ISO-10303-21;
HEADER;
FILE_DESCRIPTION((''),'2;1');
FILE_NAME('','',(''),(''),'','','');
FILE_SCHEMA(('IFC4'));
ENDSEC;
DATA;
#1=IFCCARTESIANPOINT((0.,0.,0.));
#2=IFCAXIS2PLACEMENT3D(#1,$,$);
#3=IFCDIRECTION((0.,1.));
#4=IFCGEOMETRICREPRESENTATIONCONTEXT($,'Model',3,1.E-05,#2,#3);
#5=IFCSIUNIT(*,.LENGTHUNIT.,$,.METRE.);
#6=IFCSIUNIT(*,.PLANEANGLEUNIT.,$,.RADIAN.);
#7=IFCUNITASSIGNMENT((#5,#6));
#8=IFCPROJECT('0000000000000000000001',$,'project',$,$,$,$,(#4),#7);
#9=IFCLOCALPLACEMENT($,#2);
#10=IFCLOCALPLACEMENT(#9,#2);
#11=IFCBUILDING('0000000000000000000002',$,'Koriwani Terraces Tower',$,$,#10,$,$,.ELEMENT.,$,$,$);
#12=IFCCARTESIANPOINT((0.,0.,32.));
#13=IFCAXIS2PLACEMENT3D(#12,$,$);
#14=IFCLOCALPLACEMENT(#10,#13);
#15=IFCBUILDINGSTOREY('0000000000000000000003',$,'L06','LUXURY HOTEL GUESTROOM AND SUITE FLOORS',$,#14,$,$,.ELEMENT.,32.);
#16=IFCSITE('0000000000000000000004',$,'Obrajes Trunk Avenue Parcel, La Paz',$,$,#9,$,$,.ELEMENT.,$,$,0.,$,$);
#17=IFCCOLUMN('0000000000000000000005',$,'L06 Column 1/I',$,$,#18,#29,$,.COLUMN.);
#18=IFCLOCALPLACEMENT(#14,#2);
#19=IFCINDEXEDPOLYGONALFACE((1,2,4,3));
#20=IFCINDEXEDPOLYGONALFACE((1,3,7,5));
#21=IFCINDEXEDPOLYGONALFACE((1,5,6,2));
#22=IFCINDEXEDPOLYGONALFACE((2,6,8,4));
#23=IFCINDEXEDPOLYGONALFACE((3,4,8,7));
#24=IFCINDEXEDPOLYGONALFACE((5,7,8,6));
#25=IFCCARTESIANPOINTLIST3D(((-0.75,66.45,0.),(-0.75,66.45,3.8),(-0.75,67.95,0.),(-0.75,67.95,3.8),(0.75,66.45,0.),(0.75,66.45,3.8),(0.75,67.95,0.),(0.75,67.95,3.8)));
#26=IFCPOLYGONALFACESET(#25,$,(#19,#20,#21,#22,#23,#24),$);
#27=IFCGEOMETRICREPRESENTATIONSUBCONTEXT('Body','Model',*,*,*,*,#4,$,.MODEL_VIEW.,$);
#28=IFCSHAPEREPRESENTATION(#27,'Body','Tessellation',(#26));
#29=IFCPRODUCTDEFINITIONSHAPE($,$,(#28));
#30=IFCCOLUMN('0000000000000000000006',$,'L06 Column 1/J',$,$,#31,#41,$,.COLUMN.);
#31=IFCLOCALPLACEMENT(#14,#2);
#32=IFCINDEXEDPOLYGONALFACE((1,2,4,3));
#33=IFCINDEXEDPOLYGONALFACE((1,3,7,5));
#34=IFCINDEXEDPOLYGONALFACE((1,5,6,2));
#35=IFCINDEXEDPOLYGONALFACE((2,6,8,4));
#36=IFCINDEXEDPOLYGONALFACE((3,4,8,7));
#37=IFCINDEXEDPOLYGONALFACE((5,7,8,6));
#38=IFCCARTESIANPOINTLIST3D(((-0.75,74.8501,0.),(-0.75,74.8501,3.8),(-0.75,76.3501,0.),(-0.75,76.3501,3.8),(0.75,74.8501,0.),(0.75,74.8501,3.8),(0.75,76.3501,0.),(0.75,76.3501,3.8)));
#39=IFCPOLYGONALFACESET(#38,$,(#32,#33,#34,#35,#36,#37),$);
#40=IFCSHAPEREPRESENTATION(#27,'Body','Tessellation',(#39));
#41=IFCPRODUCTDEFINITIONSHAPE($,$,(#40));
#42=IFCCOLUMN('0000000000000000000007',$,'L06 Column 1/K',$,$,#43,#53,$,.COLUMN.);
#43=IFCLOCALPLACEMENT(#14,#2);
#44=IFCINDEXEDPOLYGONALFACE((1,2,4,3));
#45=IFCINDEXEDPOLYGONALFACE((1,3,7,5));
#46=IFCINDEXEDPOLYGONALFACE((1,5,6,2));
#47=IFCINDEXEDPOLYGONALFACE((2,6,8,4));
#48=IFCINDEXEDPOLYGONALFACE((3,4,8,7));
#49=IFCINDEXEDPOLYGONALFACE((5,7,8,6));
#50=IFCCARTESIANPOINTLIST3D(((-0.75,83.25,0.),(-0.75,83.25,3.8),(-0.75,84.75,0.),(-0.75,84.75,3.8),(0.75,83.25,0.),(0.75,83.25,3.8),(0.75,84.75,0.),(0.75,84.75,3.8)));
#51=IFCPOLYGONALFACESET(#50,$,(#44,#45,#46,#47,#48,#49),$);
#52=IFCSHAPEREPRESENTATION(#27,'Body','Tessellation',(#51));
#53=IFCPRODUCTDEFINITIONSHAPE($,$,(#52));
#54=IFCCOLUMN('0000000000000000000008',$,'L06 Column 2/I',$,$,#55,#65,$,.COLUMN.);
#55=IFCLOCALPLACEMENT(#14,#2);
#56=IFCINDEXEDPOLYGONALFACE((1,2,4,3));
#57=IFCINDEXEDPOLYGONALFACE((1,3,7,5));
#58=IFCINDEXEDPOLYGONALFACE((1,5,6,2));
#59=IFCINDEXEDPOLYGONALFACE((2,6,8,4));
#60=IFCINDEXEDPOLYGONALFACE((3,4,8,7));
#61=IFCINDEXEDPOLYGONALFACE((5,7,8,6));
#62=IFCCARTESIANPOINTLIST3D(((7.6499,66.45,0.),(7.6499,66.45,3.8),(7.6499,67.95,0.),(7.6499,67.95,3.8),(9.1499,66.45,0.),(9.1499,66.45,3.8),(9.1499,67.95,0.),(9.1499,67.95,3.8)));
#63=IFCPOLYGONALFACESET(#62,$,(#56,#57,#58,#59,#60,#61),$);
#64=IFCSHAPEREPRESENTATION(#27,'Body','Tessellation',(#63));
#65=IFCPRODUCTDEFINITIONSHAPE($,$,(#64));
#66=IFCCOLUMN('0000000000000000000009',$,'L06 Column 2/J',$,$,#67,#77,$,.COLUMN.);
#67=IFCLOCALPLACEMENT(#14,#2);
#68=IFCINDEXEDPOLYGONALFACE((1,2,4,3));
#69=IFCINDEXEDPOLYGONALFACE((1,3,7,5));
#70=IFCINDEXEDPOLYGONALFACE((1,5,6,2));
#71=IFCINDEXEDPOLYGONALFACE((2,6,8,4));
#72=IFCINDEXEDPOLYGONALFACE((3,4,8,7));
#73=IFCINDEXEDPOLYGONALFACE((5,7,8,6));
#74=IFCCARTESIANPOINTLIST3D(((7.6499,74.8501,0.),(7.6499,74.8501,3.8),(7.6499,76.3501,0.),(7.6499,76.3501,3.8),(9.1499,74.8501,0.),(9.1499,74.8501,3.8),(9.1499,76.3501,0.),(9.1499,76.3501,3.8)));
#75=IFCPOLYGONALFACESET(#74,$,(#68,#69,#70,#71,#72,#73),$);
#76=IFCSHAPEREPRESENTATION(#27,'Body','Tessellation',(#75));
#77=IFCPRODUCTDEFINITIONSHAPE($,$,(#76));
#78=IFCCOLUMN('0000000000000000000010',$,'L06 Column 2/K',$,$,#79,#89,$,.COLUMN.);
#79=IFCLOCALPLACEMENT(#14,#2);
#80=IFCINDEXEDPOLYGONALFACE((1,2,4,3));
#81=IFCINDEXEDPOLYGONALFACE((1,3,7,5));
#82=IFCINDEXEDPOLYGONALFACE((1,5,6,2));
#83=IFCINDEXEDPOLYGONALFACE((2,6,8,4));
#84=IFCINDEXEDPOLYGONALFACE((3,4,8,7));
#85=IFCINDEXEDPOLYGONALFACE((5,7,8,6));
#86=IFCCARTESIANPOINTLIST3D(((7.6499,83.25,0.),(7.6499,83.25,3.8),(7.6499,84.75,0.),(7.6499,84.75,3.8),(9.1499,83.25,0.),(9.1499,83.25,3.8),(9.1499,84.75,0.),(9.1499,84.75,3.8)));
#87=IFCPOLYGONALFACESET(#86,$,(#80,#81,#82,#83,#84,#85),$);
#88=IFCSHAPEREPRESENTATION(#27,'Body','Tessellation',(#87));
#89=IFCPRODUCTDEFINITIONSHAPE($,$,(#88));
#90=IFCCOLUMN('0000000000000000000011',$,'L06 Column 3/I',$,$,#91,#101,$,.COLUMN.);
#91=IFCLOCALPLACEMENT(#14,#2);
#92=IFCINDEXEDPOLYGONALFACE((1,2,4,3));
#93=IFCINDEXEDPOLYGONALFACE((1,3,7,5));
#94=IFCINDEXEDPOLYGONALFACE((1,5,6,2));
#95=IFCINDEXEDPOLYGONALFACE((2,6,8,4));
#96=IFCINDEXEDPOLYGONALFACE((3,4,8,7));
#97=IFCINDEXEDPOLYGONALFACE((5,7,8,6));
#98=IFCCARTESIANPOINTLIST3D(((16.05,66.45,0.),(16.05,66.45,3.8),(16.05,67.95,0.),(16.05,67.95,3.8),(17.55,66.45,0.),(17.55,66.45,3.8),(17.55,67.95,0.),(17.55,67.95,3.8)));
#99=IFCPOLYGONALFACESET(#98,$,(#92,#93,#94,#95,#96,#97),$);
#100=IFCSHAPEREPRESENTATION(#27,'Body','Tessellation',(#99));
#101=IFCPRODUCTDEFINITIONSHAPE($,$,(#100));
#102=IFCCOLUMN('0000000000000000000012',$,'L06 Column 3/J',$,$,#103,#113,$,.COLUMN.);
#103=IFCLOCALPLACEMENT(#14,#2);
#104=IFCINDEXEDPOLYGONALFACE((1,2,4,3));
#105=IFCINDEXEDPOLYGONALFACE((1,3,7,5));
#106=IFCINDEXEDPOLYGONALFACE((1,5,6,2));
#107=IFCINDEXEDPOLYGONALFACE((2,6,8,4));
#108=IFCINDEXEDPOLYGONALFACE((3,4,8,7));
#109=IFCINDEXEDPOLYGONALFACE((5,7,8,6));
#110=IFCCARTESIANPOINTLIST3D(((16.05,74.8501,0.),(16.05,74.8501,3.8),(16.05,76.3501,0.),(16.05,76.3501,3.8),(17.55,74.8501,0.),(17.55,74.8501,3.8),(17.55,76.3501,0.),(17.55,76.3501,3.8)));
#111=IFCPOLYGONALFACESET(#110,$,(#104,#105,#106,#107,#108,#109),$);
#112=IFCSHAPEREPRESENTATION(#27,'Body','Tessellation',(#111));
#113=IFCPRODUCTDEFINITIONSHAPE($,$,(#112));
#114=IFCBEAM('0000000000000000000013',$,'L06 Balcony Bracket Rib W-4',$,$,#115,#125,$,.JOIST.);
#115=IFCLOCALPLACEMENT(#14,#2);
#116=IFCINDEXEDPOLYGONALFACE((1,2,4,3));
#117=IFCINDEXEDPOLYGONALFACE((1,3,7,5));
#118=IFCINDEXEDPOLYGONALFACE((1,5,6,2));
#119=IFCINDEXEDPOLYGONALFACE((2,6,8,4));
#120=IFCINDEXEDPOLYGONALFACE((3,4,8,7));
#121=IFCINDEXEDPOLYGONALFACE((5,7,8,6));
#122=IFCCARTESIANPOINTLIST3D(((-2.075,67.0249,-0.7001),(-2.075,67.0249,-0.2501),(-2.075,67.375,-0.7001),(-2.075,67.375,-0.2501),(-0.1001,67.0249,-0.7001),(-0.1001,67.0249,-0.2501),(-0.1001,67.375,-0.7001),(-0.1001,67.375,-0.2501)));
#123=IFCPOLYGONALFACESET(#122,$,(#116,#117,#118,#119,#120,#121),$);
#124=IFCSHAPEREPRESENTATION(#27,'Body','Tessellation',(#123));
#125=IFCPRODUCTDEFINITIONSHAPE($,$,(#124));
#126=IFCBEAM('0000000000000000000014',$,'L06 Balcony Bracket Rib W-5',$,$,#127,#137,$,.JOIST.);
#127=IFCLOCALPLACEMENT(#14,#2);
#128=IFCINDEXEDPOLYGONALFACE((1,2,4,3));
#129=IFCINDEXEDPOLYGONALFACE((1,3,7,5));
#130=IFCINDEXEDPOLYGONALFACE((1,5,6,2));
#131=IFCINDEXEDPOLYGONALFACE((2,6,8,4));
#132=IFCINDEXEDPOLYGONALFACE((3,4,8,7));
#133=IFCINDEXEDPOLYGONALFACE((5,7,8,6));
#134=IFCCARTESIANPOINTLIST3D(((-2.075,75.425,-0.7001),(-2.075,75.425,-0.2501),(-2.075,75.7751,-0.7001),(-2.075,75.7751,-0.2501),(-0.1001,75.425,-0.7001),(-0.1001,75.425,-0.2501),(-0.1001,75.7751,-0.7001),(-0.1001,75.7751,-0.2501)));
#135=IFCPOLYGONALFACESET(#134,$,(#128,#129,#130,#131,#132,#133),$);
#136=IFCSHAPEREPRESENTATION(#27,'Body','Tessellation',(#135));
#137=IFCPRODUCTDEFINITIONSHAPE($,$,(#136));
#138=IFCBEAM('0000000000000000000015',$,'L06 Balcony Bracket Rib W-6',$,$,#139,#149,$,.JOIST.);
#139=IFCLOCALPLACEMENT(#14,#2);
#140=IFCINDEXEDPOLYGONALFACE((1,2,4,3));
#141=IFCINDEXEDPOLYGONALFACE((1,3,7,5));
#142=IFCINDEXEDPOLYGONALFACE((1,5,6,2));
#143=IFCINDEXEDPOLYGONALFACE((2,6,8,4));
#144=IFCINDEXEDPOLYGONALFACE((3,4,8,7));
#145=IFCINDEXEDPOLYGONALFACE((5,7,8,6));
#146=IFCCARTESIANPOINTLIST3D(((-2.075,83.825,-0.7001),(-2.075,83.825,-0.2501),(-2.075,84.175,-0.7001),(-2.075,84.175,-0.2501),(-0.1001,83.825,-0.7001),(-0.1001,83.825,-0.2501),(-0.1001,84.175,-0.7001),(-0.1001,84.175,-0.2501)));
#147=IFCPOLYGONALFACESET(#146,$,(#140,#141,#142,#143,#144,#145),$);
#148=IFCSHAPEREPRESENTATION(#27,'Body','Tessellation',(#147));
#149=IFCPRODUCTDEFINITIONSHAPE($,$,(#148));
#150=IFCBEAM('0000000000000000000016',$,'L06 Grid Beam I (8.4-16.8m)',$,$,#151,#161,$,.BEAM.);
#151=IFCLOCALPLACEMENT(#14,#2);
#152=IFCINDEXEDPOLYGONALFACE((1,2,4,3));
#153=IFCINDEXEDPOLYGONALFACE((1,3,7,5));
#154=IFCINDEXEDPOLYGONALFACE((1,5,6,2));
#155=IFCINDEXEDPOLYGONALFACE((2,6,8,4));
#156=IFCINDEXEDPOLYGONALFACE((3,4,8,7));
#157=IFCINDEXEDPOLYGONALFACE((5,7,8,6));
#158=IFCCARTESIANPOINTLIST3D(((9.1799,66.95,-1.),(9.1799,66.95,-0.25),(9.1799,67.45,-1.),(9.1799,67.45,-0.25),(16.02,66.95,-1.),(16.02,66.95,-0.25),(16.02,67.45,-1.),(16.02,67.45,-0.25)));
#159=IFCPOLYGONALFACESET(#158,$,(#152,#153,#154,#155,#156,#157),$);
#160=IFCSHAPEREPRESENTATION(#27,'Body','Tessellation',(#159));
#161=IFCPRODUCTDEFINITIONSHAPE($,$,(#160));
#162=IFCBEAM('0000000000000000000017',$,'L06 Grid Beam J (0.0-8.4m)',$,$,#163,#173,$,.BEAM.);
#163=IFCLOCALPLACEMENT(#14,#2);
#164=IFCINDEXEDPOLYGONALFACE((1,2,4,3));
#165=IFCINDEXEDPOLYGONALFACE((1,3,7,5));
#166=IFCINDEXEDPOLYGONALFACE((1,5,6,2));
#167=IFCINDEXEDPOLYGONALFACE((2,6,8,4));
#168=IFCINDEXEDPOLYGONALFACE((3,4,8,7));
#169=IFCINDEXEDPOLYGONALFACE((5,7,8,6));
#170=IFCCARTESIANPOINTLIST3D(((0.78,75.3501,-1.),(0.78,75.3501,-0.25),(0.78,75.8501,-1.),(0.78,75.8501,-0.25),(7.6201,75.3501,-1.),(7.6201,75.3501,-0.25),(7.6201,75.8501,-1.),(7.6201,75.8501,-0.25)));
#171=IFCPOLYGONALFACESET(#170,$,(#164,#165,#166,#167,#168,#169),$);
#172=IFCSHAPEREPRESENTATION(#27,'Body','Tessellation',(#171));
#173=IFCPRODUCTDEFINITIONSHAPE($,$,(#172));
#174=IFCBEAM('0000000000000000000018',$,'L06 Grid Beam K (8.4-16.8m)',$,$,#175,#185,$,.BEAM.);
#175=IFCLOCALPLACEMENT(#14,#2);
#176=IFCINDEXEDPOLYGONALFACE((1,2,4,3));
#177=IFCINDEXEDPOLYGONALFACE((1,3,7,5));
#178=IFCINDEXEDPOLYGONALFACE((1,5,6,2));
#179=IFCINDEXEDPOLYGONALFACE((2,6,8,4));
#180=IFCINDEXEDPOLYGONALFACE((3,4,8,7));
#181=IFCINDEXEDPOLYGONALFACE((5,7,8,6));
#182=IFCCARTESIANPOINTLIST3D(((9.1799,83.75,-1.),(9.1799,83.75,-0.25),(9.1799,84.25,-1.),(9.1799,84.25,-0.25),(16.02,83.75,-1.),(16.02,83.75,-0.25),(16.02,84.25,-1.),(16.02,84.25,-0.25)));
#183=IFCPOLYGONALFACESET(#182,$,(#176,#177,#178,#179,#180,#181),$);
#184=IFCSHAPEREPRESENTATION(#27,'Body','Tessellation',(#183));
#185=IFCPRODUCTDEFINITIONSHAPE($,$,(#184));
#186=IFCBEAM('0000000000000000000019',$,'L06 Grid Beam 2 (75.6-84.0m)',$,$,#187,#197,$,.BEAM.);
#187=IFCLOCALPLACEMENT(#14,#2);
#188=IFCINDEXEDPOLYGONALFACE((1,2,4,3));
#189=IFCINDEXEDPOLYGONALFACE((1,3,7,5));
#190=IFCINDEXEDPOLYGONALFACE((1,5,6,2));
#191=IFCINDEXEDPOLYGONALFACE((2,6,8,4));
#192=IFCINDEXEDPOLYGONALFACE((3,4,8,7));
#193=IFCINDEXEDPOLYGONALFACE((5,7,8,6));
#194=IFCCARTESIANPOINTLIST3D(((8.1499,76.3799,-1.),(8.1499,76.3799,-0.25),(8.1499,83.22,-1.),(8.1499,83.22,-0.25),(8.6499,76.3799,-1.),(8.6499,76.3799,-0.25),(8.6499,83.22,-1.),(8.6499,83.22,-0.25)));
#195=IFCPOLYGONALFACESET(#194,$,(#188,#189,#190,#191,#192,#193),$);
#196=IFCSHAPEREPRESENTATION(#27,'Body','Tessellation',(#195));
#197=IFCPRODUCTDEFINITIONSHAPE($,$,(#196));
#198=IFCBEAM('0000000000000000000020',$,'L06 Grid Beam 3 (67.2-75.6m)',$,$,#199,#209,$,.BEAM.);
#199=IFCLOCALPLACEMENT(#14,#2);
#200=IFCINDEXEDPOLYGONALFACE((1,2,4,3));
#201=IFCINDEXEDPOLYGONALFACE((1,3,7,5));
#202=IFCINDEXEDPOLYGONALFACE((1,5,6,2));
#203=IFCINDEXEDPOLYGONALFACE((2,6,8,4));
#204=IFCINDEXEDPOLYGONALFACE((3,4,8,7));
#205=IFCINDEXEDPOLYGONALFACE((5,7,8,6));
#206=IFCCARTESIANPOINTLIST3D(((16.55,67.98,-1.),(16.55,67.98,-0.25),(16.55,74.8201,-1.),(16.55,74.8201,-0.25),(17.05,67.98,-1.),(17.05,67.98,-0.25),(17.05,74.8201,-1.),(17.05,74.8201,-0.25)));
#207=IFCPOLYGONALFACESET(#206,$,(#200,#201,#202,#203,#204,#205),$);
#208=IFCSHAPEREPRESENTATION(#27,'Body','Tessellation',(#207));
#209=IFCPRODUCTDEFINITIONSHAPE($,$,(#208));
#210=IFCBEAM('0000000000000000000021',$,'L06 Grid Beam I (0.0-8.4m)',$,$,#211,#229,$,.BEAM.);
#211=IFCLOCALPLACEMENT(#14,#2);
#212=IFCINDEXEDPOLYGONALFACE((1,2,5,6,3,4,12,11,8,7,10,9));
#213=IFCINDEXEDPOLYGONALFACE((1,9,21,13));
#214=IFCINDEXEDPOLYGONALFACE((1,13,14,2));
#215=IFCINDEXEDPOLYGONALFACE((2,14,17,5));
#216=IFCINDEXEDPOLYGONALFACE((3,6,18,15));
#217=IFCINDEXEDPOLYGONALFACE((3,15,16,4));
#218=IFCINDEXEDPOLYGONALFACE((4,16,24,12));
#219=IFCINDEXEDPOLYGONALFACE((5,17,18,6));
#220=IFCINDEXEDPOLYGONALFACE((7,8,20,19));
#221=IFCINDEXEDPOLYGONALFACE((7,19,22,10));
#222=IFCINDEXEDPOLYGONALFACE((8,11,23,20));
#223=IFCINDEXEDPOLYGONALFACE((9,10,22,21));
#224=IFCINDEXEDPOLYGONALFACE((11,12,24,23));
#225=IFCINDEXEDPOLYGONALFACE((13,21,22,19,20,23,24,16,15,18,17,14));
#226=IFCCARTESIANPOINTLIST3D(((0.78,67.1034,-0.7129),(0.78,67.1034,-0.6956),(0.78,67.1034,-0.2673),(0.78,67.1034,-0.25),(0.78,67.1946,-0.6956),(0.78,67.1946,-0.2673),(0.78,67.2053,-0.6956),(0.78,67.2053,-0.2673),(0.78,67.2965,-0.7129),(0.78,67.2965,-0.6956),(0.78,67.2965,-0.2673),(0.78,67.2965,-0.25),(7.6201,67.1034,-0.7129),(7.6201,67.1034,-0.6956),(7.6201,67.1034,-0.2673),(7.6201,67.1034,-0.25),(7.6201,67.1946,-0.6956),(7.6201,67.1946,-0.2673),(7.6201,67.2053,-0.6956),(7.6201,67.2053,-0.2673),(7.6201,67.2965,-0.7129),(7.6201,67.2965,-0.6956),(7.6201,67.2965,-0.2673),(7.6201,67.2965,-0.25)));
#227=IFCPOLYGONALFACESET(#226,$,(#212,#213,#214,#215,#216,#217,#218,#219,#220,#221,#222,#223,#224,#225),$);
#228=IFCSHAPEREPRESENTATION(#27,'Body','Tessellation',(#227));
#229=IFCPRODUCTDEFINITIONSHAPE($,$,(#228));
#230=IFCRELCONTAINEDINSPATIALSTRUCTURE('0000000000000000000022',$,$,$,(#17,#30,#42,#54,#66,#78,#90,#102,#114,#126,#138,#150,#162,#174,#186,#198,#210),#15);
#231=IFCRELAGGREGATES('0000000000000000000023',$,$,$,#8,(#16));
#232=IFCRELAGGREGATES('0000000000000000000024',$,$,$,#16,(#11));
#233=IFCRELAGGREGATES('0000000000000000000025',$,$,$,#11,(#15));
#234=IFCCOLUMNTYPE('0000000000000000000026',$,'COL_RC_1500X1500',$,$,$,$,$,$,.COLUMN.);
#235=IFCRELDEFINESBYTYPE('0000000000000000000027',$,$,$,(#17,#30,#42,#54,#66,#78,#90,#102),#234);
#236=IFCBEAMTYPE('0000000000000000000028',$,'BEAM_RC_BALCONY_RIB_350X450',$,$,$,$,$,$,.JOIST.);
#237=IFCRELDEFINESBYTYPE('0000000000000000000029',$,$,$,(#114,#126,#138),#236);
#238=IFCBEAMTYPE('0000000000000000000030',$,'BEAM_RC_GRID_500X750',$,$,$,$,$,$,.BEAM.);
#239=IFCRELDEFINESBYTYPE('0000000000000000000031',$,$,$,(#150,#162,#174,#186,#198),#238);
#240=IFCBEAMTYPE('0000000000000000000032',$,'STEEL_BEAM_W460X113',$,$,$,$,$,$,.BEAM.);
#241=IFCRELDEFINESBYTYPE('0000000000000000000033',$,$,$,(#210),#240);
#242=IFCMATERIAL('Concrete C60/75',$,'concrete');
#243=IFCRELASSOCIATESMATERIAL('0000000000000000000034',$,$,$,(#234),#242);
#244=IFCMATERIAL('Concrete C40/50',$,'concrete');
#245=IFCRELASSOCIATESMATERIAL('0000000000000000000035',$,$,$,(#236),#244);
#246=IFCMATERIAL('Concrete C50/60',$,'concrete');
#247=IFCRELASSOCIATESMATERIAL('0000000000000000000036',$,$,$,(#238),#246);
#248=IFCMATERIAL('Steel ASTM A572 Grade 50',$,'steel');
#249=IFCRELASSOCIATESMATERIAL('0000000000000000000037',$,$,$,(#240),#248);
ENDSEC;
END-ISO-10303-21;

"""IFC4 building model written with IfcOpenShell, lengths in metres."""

from ifc_helpers import new_model, si_unit, direction, frame, origin, origin_2d, place, context, subcontext, project, spatial, rectangle, i_section, extrude, material, material_profile, profile_set, type_object, element, save


model = new_model("IFC4")

# Units and contexts
model_context = context("Model", 3, precision=1e-05, world=origin(), true_north=direction((0.0, 1.0)))
body_context = subcontext(model_context, "Body", "Model", "MODEL_VIEW")
ifc_project = project(units=[si_unit("LENGTHUNIT", "METRE"), si_unit("PLANEANGLEUNIT", "RADIAN")], contexts=[model_context])

# Site, building, storey
site_placement = place(None, origin())
site = spatial("IfcSite", under=ifc_project, at=site_placement, Name="Obrajes Trunk Avenue Parcel, La Paz", CompositionType="ELEMENT", RefElevation=0.0)
building_placement = place(site_placement, origin())
building = spatial("IfcBuilding", under=site, at=building_placement, Name="Koriwani Terraces Tower", CompositionType="ELEMENT")
storey_placement = place(building_placement, frame((0.0, 0.0, 32.0)))
storey = spatial("IfcBuildingStorey", under=building, at=storey_placement, Name="L06", Description="LUXURY HOTEL GUESTROOM AND SUITE FLOORS", CompositionType="ELEMENT", Elevation=32.0)

# Columns
ifc_material_1 = material(Name="Concrete C60/75", Category="concrete")
ifc_material_profile_1 = material_profile(ifc_material_1, rectangle(XDim=1.5, YDim=1.5, at=origin_2d()), Name="Concrete C60/75", Category="LoadBearing")
ifc_profile_set_1 = profile_set([ifc_material_profile_1], Name="Concrete C60/75")
column_type = type_object("IfcColumnType", Name="COL_RC_1500X1500", PredefinedType="COLUMN", material=ifc_profile_set_1)
for number, where, z_axis, x_axis, name in (
    (1, (0.0, 67.2, 0.0), (0.0, 0.0, 1.0), (1.0, 0.0, 0.0), "L06 Column 1/I"),
    (2, (0.0, 75.6001, 0.0), (0.0, 0.0, 1.0), (1.0, 0.0, 0.0), "L06 Column 1/J"),
    (3, (0.0, 84.0, 0.0), (0.0, 0.0, 1.0), (1.0, 0.0, 0.0), "L06 Column 1/K"),
    (4, (8.3999, 67.2, 0.0), (0.0, 0.0, 1.0), (1.0, 0.0, 0.0), "L06 Column 2/I"),
    (5, (8.3999, 75.6001, 0.0), (0.0, 0.0, 1.0), (1.0, 0.0, 0.0), "L06 Column 2/J"),
    (6, (8.3999, 84.0, 0.0), (0.0, 0.0, 1.0), (1.0, 0.0, 0.0), "L06 Column 2/K"),
    (7, (16.8, 67.2, 0.0), (0.0, 0.0, 1.0), (1.0, 0.0, 0.0), "L06 Column 3/I"),
    (8, (16.8, 75.6001, 0.0), (0.0, 0.0, 1.0), (1.0, 0.0, 0.0), "L06 Column 3/J"),
):
    element("IfcColumn", number, at=place(storey_placement, frame(where, z_axis=z_axis, x_axis=x_axis)), inside=storey, type_object=column_type, Name=name, PredefinedType="COLUMN", context=body_context, shape_type="SweptSolid", body=[
        extrude(rectangle(XDim=1.5, YDim=1.5, at=origin_2d()), origin(), (0.0, 0.0, 1.0), 3.8),
    ])

# Beams
ifc_material_2 = material(Name="Concrete C40/50", Category="concrete")
ifc_material_profile_2 = material_profile(ifc_material_2, rectangle(XDim=0.3501, YDim=0.45, at=origin_2d()), Name="Concrete C40/50", Category="LoadBearing")
ifc_profile_set_2 = profile_set([ifc_material_profile_2], Name="Concrete C40/50")
beam_type_1 = type_object("IfcBeamType", Name="BEAM_RC_BALCONY_RIB_350X450", PredefinedType="JOIST", material=ifc_profile_set_2)
for number, where, z_axis, x_axis, name in (
    (9, (-2.075, 67.2, -0.4751), (1.0, 0.0, 0.0), (0.0, 1.0, 0.0), "L06 Balcony Bracket Rib W-4"),
    (10, (-2.075, 75.6001, -0.4751), (1.0, 0.0, 0.0), (0.0, 1.0, 0.0), "L06 Balcony Bracket Rib W-5"),
    (11, (-2.075, 84.0, -0.4751), (1.0, 0.0, 0.0), (0.0, 1.0, 0.0), "L06 Balcony Bracket Rib W-6"),
):
    element("IfcBeam", number, at=place(storey_placement, frame(where, z_axis=z_axis, x_axis=x_axis)), inside=storey, type_object=beam_type_1, Name=name, PredefinedType="JOIST", context=body_context, shape_type="SweptSolid", body=[
        extrude(rectangle(XDim=0.3501, YDim=0.45, at=origin_2d()), origin(), (0.0, 0.0, 1.0), 1.9749),
    ])
ifc_material_3 = material(Name="Concrete C50/60", Category="concrete")
ifc_material_profile_3 = material_profile(ifc_material_3, rectangle(XDim=0.5, YDim=0.75, at=origin_2d()), Name="Concrete C50/60", Category="LoadBearing")
ifc_profile_set_3 = profile_set([ifc_material_profile_3], Name="Concrete C50/60")
beam_type_2 = type_object("IfcBeamType", Name="BEAM_RC_GRID_500X750", PredefinedType="BEAM", material=ifc_profile_set_3)
for number, where, z_axis, x_axis, name in (
    (12, (9.1799, 67.2, -0.625), (1.0, 0.0, 0.0), (0.0, 1.0, 0.0), "L06 Grid Beam I (8.4-16.8m)"),
    (13, (0.78, 75.6001, -0.625), (1.0, 0.0, 0.0), (0.0, 1.0, 0.0), "L06 Grid Beam J (0.0-8.4m)"),
    (14, (9.1799, 84.0, -0.625), (1.0, 0.0, 0.0), (0.0, 1.0, 0.0), "L06 Grid Beam K (8.4-16.8m)"),
    (15, (8.3999, 76.3799, -0.625), (0.0, 1.0, 0.0), (-1.0, 0.0, 0.0), "L06 Grid Beam 2 (75.6-84.0m)"),
    (16, (16.8, 67.98, -0.625), (0.0, 1.0, 0.0), (-1.0, 0.0, 0.0), "L06 Grid Beam 3 (67.2-75.6m)"),
):
    element("IfcBeam", number, at=place(storey_placement, frame(where, z_axis=z_axis, x_axis=x_axis)), inside=storey, type_object=beam_type_2, Name=name, PredefinedType="BEAM", context=body_context, shape_type="SweptSolid", body=[
        extrude(rectangle(XDim=0.5, YDim=0.75, at=origin_2d()), origin(), (0.0, 0.0, 1.0), 6.8401),
    ])
ifc_material_4 = material(Name="Steel ASTM A572 Grade 50", Category="steel")
ifc_material_profile_4 = material_profile(ifc_material_4, i_section(OverallWidth=0.1931, OverallDepth=0.4629, WebThickness=0.0107, FlangeThickness=0.0173, at=origin_2d()), Name="Steel ASTM A572 Grade 50", Category="LoadBearing")
ifc_profile_set_4 = profile_set([ifc_material_profile_4], Name="Steel ASTM A572 Grade 50")
beam_type_3 = type_object("IfcBeamType", Name="STEEL_BEAM_W460X113", PredefinedType="BEAM", material=ifc_profile_set_4)
for number, where, z_axis, x_axis, name in (
    (17, (0.78, 67.2, -0.4814), (1.0, 0.0, 0.0), (0.0, 1.0, 0.0), "L06 Grid Beam I (0.0-8.4m)"),
):
    element("IfcBeam", number, at=place(storey_placement, frame(where, z_axis=z_axis, x_axis=x_axis)), inside=storey, type_object=beam_type_3, Name=name, PredefinedType="BEAM", context=body_context, shape_type="SweptSolid", body=[
        extrude(i_section(OverallWidth=0.1931, OverallDepth=0.4629, WebThickness=0.0107, FlangeThickness=0.0173, at=origin_2d()), origin(), (0.0, 0.0, 1.0), 6.8401),
    ])

save(model, "model.ifc")
